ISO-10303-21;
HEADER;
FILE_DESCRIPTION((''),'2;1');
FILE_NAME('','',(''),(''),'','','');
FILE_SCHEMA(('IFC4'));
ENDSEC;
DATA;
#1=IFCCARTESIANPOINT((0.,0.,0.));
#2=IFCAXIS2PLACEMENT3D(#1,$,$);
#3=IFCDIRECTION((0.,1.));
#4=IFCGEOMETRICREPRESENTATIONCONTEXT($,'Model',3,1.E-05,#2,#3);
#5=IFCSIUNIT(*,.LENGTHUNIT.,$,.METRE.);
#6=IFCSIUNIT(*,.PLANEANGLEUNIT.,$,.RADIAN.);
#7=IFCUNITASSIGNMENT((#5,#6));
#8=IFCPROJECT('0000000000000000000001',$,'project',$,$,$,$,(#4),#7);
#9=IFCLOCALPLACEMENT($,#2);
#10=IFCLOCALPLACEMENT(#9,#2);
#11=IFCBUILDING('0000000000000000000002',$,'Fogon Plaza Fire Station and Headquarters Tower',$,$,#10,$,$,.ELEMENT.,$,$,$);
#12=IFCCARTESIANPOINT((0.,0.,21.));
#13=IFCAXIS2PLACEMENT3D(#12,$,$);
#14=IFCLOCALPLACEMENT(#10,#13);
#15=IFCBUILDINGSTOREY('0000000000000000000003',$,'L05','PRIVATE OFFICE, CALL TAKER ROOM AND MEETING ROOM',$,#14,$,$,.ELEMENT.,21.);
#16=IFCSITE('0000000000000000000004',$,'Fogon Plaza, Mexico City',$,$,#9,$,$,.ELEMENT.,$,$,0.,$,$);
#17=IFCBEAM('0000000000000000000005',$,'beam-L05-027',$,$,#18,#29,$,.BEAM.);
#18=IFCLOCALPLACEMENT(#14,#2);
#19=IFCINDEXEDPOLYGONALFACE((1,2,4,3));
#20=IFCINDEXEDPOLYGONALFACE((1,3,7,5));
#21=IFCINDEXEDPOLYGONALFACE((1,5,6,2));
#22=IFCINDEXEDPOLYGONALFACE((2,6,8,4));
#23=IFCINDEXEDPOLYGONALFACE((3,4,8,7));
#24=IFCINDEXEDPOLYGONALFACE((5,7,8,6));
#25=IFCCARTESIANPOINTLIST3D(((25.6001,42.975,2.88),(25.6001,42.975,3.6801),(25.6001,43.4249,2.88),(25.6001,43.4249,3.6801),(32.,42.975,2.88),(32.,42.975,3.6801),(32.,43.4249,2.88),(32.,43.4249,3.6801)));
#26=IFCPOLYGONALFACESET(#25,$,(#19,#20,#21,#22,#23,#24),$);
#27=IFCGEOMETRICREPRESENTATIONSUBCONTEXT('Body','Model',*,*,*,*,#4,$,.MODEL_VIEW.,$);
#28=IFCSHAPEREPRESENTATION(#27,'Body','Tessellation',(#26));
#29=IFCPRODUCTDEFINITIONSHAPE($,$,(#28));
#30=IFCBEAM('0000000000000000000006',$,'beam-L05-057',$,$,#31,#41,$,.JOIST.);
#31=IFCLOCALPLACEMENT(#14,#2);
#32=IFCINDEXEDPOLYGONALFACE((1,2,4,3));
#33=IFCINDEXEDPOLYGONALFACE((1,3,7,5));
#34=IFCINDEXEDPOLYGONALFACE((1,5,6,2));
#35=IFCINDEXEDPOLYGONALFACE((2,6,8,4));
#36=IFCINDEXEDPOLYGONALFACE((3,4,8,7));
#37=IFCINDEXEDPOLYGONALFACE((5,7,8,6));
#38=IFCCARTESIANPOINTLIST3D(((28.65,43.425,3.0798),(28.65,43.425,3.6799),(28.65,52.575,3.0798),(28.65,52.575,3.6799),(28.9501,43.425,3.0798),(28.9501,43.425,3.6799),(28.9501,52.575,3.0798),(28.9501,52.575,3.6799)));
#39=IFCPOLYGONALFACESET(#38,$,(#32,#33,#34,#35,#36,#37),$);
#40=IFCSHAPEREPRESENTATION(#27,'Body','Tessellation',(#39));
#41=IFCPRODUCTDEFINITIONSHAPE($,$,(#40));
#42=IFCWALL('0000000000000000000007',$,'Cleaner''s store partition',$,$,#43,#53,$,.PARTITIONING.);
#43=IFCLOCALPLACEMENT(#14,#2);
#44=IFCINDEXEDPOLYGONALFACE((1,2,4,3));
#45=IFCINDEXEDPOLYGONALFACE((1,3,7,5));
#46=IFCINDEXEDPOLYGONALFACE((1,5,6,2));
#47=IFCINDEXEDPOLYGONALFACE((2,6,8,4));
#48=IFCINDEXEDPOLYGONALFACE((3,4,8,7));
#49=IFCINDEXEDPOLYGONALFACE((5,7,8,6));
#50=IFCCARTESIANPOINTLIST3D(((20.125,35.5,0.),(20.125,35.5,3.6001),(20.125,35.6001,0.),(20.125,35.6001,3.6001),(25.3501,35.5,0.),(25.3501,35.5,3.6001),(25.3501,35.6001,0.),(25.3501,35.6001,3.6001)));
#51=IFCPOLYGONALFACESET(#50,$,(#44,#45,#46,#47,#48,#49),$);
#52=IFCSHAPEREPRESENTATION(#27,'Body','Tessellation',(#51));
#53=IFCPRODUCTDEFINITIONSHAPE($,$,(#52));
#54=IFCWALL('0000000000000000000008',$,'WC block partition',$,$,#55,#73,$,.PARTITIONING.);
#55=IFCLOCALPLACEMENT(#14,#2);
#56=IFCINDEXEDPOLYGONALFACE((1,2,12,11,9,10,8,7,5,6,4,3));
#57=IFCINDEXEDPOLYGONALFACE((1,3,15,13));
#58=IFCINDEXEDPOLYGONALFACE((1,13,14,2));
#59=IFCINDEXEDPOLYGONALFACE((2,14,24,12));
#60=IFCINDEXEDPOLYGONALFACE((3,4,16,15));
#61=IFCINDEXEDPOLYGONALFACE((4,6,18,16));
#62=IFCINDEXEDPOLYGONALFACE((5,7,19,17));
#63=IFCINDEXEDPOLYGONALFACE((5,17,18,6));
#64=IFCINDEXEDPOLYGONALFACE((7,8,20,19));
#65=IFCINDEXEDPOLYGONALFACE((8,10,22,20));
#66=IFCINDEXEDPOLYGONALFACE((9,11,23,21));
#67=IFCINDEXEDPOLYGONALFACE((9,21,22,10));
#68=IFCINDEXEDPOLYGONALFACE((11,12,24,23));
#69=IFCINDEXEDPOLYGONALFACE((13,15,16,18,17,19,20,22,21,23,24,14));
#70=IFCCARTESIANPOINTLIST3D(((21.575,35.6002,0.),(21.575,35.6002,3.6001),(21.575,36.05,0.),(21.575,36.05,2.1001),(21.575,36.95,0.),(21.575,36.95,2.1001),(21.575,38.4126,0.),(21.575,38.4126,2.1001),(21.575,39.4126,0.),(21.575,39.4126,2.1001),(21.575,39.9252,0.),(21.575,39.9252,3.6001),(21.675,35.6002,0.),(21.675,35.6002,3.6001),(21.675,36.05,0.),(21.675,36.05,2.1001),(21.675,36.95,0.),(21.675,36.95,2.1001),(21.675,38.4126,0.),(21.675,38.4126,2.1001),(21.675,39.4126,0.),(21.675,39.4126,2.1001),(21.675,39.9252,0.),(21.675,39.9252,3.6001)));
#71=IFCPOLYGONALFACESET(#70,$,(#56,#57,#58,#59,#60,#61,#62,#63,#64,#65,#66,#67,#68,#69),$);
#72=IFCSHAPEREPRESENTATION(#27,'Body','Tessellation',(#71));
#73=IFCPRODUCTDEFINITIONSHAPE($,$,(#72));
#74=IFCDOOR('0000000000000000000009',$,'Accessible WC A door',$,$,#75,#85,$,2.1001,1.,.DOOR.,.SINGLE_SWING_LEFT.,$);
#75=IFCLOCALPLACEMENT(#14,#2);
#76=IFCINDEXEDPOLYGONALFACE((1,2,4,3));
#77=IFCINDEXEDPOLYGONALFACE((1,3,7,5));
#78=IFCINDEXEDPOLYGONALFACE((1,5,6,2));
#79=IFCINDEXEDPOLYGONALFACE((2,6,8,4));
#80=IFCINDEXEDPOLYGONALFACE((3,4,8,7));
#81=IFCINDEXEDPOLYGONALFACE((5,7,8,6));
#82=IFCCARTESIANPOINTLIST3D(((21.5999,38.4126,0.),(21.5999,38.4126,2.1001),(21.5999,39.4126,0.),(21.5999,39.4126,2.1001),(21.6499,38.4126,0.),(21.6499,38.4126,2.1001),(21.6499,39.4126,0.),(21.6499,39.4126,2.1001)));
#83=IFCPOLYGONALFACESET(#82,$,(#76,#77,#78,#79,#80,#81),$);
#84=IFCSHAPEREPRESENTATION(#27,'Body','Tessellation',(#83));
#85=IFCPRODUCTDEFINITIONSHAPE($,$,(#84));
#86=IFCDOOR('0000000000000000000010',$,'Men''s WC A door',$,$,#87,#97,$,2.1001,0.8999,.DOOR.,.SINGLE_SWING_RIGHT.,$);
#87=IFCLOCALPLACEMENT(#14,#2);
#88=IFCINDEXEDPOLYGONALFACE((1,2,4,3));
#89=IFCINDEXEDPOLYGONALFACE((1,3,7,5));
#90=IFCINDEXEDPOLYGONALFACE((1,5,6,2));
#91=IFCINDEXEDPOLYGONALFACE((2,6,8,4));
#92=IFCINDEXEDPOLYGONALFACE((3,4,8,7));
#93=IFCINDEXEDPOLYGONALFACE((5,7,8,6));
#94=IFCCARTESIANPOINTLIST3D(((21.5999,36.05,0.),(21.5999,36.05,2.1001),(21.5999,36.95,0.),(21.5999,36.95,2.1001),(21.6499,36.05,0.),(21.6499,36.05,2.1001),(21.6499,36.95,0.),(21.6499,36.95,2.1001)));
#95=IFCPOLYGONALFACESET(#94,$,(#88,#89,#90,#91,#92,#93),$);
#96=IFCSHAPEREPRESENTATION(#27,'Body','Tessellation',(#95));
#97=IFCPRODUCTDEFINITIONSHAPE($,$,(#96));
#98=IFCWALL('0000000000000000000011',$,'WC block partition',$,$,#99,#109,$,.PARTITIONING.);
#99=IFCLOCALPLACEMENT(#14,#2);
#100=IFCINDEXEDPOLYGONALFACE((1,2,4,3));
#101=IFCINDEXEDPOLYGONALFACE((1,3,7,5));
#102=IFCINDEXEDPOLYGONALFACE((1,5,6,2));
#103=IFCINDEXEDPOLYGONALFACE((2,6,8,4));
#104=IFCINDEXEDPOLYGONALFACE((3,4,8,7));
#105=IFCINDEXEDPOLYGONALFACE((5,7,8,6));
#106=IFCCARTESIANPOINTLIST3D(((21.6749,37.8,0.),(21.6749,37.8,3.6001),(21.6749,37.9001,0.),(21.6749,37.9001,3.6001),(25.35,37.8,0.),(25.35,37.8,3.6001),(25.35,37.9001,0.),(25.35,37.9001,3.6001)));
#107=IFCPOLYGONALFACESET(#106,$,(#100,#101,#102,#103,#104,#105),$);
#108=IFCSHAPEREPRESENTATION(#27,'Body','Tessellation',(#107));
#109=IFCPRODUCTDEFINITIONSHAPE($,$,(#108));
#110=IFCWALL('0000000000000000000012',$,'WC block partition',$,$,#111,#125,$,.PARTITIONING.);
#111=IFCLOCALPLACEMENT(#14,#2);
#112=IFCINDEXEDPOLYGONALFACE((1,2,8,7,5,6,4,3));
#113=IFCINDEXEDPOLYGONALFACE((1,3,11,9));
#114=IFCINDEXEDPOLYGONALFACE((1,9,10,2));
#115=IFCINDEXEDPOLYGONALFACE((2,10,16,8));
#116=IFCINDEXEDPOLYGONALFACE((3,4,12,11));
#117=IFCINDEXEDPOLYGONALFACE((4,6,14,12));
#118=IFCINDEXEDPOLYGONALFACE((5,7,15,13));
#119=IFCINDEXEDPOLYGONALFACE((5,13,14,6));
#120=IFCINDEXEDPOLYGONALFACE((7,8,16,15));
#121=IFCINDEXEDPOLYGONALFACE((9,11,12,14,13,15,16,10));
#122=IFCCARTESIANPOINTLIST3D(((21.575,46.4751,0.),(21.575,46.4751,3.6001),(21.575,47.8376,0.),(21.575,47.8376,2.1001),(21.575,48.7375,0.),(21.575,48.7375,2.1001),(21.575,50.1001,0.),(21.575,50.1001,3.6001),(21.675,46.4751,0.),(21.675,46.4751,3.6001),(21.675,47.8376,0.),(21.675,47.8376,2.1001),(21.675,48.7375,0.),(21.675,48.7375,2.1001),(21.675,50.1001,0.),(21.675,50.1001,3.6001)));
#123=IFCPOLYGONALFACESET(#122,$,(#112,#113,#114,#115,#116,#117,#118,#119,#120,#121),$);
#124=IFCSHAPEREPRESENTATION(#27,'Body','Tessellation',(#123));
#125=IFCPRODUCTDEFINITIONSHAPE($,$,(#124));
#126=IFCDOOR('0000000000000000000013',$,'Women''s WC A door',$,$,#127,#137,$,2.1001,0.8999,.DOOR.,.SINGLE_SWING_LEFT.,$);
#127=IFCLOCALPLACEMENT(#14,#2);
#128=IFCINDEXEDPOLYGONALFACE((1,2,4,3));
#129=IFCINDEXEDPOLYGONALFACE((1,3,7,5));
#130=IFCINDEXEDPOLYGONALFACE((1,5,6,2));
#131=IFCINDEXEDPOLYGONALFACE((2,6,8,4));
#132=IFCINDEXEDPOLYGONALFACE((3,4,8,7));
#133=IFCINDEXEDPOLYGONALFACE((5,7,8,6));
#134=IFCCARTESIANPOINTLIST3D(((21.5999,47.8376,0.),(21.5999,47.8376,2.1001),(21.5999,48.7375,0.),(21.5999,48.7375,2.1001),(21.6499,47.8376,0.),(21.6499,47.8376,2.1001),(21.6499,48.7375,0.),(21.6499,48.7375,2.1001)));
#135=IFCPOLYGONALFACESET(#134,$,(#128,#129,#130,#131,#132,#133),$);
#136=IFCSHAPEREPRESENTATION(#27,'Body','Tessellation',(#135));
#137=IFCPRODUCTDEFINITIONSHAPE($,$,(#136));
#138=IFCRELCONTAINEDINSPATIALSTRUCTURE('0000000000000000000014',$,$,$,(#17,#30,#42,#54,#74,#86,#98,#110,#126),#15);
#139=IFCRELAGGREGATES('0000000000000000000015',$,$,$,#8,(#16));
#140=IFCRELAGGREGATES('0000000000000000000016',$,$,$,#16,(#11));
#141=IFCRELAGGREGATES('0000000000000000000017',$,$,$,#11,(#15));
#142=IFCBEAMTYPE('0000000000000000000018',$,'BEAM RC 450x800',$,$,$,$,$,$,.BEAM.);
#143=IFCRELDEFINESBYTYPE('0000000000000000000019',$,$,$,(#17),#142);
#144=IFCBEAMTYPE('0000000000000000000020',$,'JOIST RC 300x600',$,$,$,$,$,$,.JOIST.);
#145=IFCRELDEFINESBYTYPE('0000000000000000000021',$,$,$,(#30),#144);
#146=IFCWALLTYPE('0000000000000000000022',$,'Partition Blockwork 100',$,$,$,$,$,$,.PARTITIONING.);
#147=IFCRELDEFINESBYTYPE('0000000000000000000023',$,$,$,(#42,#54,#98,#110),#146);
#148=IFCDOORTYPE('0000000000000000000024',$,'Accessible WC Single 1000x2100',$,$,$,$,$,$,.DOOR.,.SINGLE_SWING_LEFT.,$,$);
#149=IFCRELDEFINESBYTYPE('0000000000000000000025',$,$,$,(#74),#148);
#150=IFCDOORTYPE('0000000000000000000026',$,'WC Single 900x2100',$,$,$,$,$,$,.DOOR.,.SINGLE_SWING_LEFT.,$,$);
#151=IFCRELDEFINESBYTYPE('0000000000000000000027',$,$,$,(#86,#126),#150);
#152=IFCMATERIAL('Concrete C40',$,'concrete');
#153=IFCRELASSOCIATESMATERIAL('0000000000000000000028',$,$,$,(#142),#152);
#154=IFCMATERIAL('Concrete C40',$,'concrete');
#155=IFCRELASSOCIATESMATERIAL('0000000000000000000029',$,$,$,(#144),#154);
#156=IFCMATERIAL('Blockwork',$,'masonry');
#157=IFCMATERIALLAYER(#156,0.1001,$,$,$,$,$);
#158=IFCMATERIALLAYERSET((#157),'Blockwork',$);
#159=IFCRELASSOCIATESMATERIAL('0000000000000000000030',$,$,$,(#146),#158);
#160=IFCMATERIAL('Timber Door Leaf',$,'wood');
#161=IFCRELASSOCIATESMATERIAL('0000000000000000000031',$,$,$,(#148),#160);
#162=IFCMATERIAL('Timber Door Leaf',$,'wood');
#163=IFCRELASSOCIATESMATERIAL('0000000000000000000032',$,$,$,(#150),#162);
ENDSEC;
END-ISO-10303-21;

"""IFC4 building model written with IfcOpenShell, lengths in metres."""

from ifc_helpers import new_model, si_unit, direction, frame, frame_2d, origin, origin_2d, place, context, subcontext, project, spatial, rectangle, extrude, material, layer, layer_set, material_profile, profile_set, type_object, element, fill, save


model = new_model("IFC4")

# Units and contexts
model_context = context("Model", 3, precision=1e-05, world=origin(), true_north=direction((0.0, 1.0)))
body_context = subcontext(model_context, "Body", "Model", "MODEL_VIEW")
ifc_project = project(units=[si_unit("LENGTHUNIT", "METRE"), si_unit("PLANEANGLEUNIT", "RADIAN")], contexts=[model_context])

# Site, building, storey
site_placement = place(None, origin())
site = spatial("IfcSite", under=ifc_project, at=site_placement, Name="Fogon Plaza, Mexico City", CompositionType="ELEMENT", RefElevation=0.0)
building_placement = place(site_placement, origin())
building = spatial("IfcBuilding", under=site, at=building_placement, Name="Fogon Plaza Fire Station and Headquarters Tower", CompositionType="ELEMENT")
storey_placement = place(building_placement, frame((0.0, 0.0, 21.0)))
storey = spatial("IfcBuildingStorey", under=building, at=storey_placement, Name="L05", Description="PRIVATE OFFICE, CALL TAKER ROOM AND MEETING ROOM", CompositionType="ELEMENT", Elevation=21.0)

# Beams
ifc_material_1 = material(Name="Concrete C40", Category="concrete")
ifc_material_profile_1 = material_profile(ifc_material_1, rectangle(XDim=0.45, YDim=0.8, at=origin_2d()), Name="RC 450x800")
ifc_profile_set_1 = profile_set([ifc_material_profile_1], Name="Concrete C40")
beam_type_1 = type_object("IfcBeamType", Name="BEAM RC 450x800", PredefinedType="BEAM", material=ifc_profile_set_1)
beam_1_placement = place(storey_placement, frame((25.6001, 43.2, 3.28), z_axis=(1.0, 0.0, 0.0), x_axis=(0.0, 1.0, 0.0)))
element("IfcBeam", 1, at=beam_1_placement, inside=storey, type_object=beam_type_1, Name="beam-L05-027", PredefinedType="BEAM", context=body_context, shape_type="SweptSolid", body=[
    extrude(rectangle(XDim=0.45, YDim=0.8, at=origin_2d()), origin(), (0.0, 0.0, 1.0), 6.3999),
])
ifc_material_2 = material(Name="Concrete C40", Category="concrete")
ifc_material_profile_2 = material_profile(ifc_material_2, rectangle(XDim=0.3, YDim=0.6001, at=origin_2d()), Name="RC 300x600")
ifc_profile_set_2 = profile_set([ifc_material_profile_2], Name="Concrete C40")
beam_type_2 = type_object("IfcBeamType", Name="JOIST RC 300x600", PredefinedType="JOIST", material=ifc_profile_set_2)
beam_2_placement = place(storey_placement, frame((28.8, 43.425, 3.3799), z_axis=(0.0, 1.0, 0.0), x_axis=(-1.0, 0.0, 0.0)))
element("IfcBeam", 2, at=beam_2_placement, inside=storey, type_object=beam_type_2, Name="beam-L05-057", PredefinedType="JOIST", context=body_context, shape_type="SweptSolid", body=[
    extrude(rectangle(XDim=0.3, YDim=0.6001, at=origin_2d()), origin(), (0.0, 0.0, 1.0), 9.1499),
])

# Wall
ifc_material_3 = material(Name="Blockwork", Category="masonry")
ifc_layer_1 = layer(ifc_material_3, 0.1001)
ifc_layer_set_1 = layer_set([ifc_layer_1], Name="Blockwork")
wall_type_1 = type_object("IfcWallType", Name="Partition Blockwork 100", PredefinedType="PARTITIONING", material=ifc_layer_set_1)
wall_1_placement = place(storey_placement, frame((20.125, 35.55, 0.0), z_axis=(0.0, 0.0, 1.0), x_axis=(1.0, 0.0, 0.0)))
element("IfcWall", 3, at=wall_1_placement, inside=storey, type_object=wall_type_1, Name="Cleaner's store partition", PredefinedType="PARTITIONING", context=body_context, shape_type="SweptSolid", body=[
    extrude(rectangle(XDim=5.2251, YDim=0.1001, at=frame_2d((2.6125, 0.0))), origin(), (0.0, 0.0, 1.0), 3.6001),
])

# Wall, openings, doors
wall_2_placement = place(storey_placement, frame((21.625, 35.6001, 0.0), z_axis=(0.0, 0.0, 1.0), x_axis=(0.0, 1.0, 0.0)))
wall_2 = element("IfcWall", 4, at=wall_2_placement, inside=storey, type_object=wall_type_1, Name="WC block partition", PredefinedType="PARTITIONING", context=body_context, shape_type="SweptSolid", body=[
    extrude(rectangle(XDim=4.325, YDim=0.1001, at=frame_2d((2.1626, 0.0))), origin(), (0.0, 0.0, 1.0), 3.6001),
])
opening_1_placement = place(wall_2_placement, frame((0.45, 0.0, 0.0)))
opening_1 = element("IfcOpeningElement", 5, at=opening_1_placement, cuts=wall_2, PredefinedType="OPENING", context=body_context, shape_type="SweptSolid", body=[
    extrude(rectangle(XDim=0.8999, YDim=2.1001, at=frame_2d((0.45, 1.05))), frame((0.0, 0.0601, 0.0), z_axis=(0.0, -1.0, 0.0), x_axis=(1.0, 0.0, 0.0)), (0.0, 0.0, 1.0), 0.1201),
])
opening_2_placement = place(wall_2_placement, frame((2.8125, 0.0, 0.0)))
opening_2 = element("IfcOpeningElement", 6, at=opening_2_placement, cuts=wall_2, PredefinedType="OPENING", context=body_context, shape_type="SweptSolid", body=[
    extrude(rectangle(XDim=1.0, YDim=2.1001, at=frame_2d((0.5, 1.05))), frame((0.0, 0.0601, 0.0), z_axis=(0.0, -1.0, 0.0), x_axis=(1.0, 0.0, 0.0)), (0.0, 0.0, 1.0), 0.1201),
])
ifc_material_4 = material(Name="Timber Door Leaf", Category="wood")
door_type_1 = type_object("IfcDoorType", Name="Accessible WC Single 1000x2100", OperationType="SINGLE_SWING_LEFT", PredefinedType="DOOR", material=ifc_material_4)
door_1_placement = place(opening_2_placement, frame((1.0, 0.0, 0.0), z_axis=(0.0, 0.0, 1.0), x_axis=(-1.0, 0.0, 0.0)))
door_1 = element("IfcDoor", 7, at=door_1_placement, inside=storey, type_object=door_type_1, Name="Accessible WC A door", OperationType="SINGLE_SWING_LEFT", OverallHeight=2.1001, OverallWidth=1.0, PredefinedType="DOOR", context=body_context, shape_type="SweptSolid", body=[
    extrude(rectangle(XDim=1.0, YDim=2.1001, at=frame_2d((0.5, 1.05))), frame((0.0, 0.0249, 0.0), z_axis=(0.0, -1.0, 0.0), x_axis=(1.0, 0.0, 0.0)), (0.0, 0.0, 1.0), 0.05),
])
fill(opening_2, door_1)
ifc_material_5 = material(Name="Timber Door Leaf", Category="wood")
door_type_2 = type_object("IfcDoorType", Name="WC Single 900x2100", OperationType="SINGLE_SWING_LEFT", PredefinedType="DOOR", material=ifc_material_5)
door_2_placement = place(opening_1_placement, frame((0.8999, 0.0, 0.0), z_axis=(0.0, 0.0, 1.0), x_axis=(-1.0, 0.0, 0.0)))
door_2 = element("IfcDoor", 8, at=door_2_placement, inside=storey, type_object=door_type_2, Name="Men's WC A door", OperationType="SINGLE_SWING_RIGHT", OverallHeight=2.1001, OverallWidth=0.8999, PredefinedType="DOOR", context=body_context, shape_type="SweptSolid", body=[
    extrude(rectangle(XDim=0.8999, YDim=2.1001, at=frame_2d((0.45, 1.05))), frame((0.0, 0.0249, 0.0), z_axis=(0.0, -1.0, 0.0), x_axis=(1.0, 0.0, 0.0)), (0.0, 0.0, 1.0), 0.05),
])
fill(opening_1, door_2)

# Wall
wall_3_placement = place(storey_placement, frame((21.675, 37.8501, 0.0), z_axis=(0.0, 0.0, 1.0), x_axis=(1.0, 0.0, 0.0)))
element("IfcWall", 9, at=wall_3_placement, inside=storey, type_object=wall_type_1, Name="WC block partition", PredefinedType="PARTITIONING", context=body_context, shape_type="SweptSolid", body=[
    extrude(rectangle(XDim=3.675, YDim=0.1001, at=frame_2d((1.8374, 0.0))), origin(), (0.0, 0.0, 1.0), 3.6001),
])

# Wall, opening, door
wall_4_placement = place(storey_placement, frame((21.625, 46.4751, 0.0), z_axis=(0.0, 0.0, 1.0), x_axis=(0.0, 1.0, 0.0)))
wall_4 = element("IfcWall", 10, at=wall_4_placement, inside=storey, type_object=wall_type_1, Name="WC block partition", PredefinedType="PARTITIONING", context=body_context, shape_type="SweptSolid", body=[
    extrude(rectangle(XDim=3.625, YDim=0.1001, at=frame_2d((1.8125, 0.0))), origin(), (0.0, 0.0, 1.0), 3.6001),
])
opening_3_placement = place(wall_4_placement, frame((1.3625, 0.0, 0.0)))
opening_3 = element("IfcOpeningElement", 11, at=opening_3_placement, cuts=wall_4, PredefinedType="OPENING", context=body_context, shape_type="SweptSolid", body=[
    extrude(rectangle(XDim=0.8999, YDim=2.1001, at=frame_2d((0.45, 1.05))), frame((0.0, 0.0601, 0.0), z_axis=(0.0, -1.0, 0.0), x_axis=(1.0, 0.0, 0.0)), (0.0, 0.0, 1.0), 0.1201),
])
door_3_placement = place(opening_3_placement, frame((0.8999, 0.0, 0.0), z_axis=(0.0, 0.0, 1.0), x_axis=(-1.0, 0.0, 0.0)))
door_3 = element("IfcDoor", 12, at=door_3_placement, inside=storey, type_object=door_type_2, Name="Women's WC A door", OperationType="SINGLE_SWING_LEFT", OverallHeight=2.1001, OverallWidth=0.8999, PredefinedType="DOOR", context=body_context, shape_type="SweptSolid", body=[
    extrude(rectangle(XDim=0.8999, YDim=2.1001, at=frame_2d((0.45, 1.05))), frame((0.0, 0.0249, 0.0), z_axis=(0.0, -1.0, 0.0), x_axis=(1.0, 0.0, 0.0)), (0.0, 0.0, 1.0), 0.05),
])
fill(opening_3, door_3)

save(model, "model.ifc")
